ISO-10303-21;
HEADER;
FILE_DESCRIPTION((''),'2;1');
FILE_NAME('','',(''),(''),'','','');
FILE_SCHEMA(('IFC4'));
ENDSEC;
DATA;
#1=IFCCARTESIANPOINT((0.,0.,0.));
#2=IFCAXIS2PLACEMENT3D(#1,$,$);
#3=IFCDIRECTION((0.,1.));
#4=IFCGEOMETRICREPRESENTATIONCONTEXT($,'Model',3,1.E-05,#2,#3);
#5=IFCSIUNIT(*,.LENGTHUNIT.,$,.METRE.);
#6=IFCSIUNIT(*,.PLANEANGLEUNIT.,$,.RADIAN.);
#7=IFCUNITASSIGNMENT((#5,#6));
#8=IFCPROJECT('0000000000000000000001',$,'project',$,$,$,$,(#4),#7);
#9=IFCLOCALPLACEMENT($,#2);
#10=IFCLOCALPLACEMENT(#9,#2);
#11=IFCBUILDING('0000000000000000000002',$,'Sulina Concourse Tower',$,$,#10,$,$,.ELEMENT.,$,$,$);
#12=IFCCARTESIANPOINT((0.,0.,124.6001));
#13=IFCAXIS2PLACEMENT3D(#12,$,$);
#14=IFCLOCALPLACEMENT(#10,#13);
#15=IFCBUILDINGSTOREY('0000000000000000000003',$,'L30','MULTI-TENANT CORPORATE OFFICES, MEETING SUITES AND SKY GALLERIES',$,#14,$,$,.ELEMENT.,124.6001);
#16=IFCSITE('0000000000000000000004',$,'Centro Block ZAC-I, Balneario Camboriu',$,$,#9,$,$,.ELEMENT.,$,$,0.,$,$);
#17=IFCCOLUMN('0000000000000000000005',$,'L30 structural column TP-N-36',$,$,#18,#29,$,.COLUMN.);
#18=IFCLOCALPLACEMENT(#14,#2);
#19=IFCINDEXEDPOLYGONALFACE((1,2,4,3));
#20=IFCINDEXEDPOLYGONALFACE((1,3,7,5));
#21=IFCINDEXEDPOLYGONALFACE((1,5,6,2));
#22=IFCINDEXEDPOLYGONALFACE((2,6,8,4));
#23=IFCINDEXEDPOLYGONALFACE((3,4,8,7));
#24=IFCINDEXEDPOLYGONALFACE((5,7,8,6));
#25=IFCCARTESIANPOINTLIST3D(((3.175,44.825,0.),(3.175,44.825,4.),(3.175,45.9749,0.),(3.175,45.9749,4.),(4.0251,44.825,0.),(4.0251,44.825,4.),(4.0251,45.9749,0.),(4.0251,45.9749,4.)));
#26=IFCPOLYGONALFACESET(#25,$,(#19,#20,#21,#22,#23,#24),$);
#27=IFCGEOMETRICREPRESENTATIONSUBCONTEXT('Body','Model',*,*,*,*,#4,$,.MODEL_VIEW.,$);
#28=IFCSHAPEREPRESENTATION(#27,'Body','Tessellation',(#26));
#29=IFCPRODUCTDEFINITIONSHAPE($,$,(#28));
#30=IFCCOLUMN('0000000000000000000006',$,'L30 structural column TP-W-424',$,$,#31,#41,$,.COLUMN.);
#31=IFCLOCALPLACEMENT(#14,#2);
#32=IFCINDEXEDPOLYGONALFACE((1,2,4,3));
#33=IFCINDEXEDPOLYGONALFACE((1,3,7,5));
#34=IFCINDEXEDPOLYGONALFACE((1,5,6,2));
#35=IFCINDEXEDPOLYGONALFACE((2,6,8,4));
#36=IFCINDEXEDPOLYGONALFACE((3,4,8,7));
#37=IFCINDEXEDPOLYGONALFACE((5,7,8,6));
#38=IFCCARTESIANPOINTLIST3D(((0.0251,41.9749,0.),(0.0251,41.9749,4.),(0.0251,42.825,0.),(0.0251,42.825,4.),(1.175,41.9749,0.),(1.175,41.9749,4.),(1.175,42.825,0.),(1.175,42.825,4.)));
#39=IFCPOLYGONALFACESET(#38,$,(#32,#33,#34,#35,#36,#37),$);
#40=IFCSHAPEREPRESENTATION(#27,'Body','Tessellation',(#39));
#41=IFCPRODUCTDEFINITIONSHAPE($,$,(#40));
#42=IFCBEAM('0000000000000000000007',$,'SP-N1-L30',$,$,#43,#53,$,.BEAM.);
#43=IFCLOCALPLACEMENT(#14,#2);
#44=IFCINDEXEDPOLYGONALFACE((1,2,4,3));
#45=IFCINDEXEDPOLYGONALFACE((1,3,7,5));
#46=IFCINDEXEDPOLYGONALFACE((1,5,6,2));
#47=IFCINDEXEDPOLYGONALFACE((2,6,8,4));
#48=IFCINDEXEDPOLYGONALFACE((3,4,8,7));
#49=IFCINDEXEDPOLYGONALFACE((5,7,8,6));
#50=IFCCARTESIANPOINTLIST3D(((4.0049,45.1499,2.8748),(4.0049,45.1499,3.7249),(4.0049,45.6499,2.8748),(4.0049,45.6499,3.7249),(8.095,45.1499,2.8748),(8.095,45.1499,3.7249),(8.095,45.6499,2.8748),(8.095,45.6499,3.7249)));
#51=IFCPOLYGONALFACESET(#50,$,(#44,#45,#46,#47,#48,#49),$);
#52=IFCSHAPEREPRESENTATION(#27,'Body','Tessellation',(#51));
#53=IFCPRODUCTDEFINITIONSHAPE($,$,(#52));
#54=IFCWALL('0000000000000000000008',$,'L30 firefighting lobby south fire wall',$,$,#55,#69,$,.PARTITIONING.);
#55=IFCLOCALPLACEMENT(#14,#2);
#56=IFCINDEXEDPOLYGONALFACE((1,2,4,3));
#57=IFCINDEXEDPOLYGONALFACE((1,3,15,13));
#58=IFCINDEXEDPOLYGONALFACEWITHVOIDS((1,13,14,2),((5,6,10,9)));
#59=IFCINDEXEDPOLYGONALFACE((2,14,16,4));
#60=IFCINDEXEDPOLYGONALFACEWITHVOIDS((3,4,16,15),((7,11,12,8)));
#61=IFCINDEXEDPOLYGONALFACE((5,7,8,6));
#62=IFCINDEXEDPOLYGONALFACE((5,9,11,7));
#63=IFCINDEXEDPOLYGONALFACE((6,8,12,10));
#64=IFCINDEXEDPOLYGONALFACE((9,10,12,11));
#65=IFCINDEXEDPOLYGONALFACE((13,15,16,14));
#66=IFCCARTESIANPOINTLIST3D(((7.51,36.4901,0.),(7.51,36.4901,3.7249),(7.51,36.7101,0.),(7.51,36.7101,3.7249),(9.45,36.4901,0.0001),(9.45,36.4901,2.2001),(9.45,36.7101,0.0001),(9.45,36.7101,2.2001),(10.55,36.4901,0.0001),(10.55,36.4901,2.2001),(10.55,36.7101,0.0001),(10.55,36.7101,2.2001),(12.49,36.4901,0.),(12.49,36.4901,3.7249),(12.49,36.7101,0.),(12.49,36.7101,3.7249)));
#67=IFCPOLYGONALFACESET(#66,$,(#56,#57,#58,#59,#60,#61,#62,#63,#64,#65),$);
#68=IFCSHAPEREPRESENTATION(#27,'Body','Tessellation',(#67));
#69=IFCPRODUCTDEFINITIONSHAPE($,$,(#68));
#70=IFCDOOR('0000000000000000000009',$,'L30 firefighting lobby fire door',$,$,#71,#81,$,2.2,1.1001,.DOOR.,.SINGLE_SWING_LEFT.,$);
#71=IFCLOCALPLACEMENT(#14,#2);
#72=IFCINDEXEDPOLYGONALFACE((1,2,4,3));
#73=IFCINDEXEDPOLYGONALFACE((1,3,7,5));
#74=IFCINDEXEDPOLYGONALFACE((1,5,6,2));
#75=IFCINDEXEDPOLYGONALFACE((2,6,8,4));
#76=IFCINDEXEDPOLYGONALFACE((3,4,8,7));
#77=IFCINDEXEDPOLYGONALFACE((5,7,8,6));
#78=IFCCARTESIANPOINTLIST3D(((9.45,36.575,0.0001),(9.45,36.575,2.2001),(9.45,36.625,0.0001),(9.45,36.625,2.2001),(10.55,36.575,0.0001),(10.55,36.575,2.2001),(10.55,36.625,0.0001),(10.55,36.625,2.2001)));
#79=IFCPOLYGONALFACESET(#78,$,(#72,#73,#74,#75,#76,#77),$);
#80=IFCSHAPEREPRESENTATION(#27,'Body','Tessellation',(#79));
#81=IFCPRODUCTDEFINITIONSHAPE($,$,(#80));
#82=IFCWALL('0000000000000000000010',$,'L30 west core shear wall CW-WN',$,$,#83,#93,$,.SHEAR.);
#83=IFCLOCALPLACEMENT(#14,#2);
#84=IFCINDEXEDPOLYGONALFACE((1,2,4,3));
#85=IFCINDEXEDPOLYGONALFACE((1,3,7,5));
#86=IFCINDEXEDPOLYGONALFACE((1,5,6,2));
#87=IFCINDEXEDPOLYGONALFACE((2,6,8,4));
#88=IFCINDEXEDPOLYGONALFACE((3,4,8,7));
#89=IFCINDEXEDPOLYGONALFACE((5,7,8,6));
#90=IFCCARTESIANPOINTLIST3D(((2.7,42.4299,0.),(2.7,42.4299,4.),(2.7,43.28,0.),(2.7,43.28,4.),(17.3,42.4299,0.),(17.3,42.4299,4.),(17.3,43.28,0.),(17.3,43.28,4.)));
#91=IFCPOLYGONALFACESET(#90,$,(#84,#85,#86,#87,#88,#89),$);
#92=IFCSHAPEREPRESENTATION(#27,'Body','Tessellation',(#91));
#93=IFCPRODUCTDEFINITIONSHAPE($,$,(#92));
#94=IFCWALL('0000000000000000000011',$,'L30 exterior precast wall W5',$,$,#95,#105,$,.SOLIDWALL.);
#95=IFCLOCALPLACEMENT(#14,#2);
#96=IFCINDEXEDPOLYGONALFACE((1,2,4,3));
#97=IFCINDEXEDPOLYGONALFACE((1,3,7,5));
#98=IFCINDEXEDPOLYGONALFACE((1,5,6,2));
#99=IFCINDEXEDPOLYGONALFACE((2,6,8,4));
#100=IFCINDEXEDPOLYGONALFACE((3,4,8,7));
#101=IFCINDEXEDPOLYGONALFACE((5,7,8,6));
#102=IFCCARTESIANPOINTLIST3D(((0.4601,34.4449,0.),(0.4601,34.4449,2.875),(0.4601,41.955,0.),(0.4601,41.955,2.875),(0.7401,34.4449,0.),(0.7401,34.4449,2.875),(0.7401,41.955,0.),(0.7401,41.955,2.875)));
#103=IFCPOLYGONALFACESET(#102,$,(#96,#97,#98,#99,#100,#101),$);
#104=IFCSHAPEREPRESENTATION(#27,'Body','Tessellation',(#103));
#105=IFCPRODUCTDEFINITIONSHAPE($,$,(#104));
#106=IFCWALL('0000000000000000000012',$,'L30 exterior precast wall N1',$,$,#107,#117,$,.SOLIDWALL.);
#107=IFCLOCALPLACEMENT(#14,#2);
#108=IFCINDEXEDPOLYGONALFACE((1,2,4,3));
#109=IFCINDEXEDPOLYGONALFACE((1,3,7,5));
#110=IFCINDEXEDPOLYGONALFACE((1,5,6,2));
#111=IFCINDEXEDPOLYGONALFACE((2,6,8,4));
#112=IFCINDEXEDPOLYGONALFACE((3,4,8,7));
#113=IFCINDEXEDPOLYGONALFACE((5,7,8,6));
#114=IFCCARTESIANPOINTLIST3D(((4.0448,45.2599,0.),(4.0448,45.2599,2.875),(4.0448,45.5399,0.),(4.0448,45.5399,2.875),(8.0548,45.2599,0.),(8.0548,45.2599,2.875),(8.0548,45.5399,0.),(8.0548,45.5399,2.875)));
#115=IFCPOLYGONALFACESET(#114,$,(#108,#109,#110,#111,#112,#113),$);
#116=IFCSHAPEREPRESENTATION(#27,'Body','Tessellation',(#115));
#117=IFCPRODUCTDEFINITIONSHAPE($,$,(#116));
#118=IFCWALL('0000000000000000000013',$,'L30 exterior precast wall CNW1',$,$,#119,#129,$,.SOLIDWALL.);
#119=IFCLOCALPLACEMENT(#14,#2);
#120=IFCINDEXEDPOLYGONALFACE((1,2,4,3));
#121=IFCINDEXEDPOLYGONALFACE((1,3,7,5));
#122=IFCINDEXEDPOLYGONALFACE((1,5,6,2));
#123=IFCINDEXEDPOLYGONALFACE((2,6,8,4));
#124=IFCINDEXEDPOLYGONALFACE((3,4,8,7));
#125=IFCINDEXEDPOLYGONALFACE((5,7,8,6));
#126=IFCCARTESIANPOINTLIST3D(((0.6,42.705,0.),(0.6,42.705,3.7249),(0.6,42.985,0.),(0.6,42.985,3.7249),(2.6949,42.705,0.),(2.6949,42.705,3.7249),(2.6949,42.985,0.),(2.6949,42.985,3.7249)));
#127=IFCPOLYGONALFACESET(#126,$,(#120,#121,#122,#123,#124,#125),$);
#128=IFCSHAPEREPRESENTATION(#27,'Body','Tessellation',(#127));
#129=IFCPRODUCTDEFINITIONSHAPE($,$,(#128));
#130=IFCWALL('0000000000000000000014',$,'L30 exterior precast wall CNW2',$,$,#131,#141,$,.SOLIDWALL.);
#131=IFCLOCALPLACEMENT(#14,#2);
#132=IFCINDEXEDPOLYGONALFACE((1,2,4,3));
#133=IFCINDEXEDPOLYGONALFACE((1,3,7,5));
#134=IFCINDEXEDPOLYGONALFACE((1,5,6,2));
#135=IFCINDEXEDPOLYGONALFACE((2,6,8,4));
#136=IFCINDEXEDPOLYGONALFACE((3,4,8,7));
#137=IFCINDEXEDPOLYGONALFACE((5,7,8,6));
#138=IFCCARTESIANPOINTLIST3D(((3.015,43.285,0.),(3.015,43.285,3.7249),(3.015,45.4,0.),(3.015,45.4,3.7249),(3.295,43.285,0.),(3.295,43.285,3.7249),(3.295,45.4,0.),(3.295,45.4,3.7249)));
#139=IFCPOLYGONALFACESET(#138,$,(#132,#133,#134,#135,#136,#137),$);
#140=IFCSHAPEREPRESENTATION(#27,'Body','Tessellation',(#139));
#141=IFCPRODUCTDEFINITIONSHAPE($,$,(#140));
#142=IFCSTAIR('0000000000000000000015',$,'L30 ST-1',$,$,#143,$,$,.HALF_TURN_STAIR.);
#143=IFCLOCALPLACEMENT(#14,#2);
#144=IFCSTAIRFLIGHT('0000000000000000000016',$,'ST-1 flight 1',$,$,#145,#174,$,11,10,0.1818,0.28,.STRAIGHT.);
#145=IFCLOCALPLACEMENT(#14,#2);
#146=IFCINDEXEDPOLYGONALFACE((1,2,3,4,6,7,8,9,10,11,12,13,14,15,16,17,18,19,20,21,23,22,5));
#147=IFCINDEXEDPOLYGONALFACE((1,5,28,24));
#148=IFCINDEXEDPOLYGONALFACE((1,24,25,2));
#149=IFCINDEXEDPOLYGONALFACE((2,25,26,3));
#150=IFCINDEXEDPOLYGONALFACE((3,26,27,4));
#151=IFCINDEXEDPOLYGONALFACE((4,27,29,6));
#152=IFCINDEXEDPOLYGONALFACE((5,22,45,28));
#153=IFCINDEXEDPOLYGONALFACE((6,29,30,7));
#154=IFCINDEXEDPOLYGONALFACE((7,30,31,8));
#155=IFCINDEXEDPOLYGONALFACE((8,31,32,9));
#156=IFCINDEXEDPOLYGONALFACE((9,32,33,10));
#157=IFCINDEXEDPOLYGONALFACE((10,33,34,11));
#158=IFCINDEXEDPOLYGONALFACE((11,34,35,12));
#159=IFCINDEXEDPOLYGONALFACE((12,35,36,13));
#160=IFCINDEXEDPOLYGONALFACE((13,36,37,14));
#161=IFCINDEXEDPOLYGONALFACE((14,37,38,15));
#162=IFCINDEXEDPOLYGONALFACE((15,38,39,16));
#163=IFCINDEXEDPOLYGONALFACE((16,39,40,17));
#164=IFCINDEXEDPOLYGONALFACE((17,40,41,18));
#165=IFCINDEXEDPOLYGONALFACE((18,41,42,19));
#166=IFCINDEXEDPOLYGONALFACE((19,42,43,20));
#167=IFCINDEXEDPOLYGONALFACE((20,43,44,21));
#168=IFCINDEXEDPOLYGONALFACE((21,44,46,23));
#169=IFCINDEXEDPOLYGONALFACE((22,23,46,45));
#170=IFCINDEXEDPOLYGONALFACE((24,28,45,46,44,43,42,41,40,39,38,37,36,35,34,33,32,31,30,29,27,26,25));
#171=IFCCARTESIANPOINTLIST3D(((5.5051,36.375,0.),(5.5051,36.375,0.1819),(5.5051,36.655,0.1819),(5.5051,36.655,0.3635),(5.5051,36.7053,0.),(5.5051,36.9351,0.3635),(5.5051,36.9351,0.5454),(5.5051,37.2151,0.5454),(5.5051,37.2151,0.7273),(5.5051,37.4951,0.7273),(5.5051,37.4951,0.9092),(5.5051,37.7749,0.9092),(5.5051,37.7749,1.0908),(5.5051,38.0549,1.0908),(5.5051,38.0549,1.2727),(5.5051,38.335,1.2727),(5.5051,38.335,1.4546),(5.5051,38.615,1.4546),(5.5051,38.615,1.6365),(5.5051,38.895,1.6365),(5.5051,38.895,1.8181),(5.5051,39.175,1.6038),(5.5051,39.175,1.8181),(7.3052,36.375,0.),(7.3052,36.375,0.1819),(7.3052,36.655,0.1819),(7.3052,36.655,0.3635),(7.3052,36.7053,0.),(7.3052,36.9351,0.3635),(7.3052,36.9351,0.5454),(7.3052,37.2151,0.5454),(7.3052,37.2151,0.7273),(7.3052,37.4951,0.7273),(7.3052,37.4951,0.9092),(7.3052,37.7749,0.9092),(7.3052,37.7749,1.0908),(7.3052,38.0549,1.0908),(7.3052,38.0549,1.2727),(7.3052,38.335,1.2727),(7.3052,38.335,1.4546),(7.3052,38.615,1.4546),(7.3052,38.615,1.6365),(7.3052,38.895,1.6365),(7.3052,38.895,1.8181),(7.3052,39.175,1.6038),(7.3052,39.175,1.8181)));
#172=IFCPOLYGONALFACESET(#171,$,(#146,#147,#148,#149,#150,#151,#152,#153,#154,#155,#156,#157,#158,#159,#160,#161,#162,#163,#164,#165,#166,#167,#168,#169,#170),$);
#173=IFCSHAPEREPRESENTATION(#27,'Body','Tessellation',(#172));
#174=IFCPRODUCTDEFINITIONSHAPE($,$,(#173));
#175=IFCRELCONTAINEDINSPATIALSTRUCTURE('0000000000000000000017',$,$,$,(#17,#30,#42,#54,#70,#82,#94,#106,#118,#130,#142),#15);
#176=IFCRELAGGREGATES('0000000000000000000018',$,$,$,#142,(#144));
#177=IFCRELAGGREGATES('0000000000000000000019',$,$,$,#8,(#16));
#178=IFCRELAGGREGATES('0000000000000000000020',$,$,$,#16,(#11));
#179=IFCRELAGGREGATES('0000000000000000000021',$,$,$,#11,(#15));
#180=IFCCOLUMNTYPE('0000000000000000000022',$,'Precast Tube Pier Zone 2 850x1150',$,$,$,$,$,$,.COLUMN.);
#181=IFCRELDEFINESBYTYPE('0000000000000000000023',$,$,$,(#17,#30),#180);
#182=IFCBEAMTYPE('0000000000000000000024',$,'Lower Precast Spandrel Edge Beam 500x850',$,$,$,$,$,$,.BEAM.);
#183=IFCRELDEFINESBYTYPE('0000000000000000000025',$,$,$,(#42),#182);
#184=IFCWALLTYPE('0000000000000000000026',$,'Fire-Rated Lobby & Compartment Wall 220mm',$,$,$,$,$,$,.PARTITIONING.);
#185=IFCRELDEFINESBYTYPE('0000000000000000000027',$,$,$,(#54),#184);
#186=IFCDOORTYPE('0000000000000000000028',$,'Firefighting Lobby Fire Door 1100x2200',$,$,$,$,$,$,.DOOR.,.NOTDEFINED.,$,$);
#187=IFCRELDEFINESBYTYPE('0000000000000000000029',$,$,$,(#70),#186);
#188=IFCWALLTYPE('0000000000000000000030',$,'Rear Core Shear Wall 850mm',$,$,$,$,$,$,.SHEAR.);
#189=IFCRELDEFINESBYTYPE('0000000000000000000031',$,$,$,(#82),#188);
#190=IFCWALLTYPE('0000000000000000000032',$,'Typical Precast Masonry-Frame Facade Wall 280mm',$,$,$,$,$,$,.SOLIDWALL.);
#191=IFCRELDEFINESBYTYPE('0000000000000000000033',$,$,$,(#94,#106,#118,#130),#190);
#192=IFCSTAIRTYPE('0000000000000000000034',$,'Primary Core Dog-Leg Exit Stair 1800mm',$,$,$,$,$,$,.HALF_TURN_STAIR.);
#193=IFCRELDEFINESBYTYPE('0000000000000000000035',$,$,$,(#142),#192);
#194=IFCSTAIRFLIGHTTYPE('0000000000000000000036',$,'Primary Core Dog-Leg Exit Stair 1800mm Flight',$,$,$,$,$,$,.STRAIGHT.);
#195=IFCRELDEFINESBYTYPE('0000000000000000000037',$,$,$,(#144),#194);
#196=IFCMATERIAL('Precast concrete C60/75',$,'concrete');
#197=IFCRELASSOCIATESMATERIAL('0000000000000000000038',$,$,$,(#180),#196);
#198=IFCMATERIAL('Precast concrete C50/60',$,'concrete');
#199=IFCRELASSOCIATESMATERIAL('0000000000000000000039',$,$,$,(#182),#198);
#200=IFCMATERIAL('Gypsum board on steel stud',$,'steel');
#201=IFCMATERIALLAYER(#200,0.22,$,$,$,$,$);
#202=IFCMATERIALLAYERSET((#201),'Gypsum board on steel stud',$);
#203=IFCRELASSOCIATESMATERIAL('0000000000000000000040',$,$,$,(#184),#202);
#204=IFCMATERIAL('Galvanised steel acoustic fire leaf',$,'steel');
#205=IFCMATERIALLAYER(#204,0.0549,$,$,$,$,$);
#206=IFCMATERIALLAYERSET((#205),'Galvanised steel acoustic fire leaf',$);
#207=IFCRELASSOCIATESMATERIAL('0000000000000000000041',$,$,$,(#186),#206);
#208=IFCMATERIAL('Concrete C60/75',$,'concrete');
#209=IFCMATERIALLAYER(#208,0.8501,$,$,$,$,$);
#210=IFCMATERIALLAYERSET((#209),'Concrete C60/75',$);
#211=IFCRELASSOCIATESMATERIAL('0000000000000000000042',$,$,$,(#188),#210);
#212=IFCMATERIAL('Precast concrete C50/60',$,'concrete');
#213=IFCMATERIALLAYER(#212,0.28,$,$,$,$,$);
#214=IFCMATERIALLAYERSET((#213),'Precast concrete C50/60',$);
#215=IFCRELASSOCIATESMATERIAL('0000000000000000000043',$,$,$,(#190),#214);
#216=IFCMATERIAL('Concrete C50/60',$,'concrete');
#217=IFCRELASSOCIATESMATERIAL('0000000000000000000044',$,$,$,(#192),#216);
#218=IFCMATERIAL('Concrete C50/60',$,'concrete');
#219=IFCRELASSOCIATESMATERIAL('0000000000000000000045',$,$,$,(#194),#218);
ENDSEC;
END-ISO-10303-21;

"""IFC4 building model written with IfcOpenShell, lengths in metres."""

from ifc_helpers import new_model, si_unit, direction, frame, frame_2d, origin, origin_2d, place, context, subcontext, project, spatial, polyline, rectangle, outline, extrude, material, layer, layer_set, material_profile, profile_set, type_object, element, fill, aggregate, save


model = new_model("IFC4")

# Units and contexts
model_context = context("Model", 3, precision=1e-05, world=origin(), true_north=direction((0.0, 1.0)))
body_context = subcontext(model_context, "Body", "Model", "MODEL_VIEW")
ifc_project = project(units=[si_unit("LENGTHUNIT", "METRE"), si_unit("PLANEANGLEUNIT", "RADIAN")], contexts=[model_context])

# Site, building, storey
site_placement = place(None, origin())
site = spatial("IfcSite", under=ifc_project, at=site_placement, Name="Centro Block ZAC-I, Balneario Camboriu", CompositionType="ELEMENT", RefElevation=0.0)
building_placement = place(site_placement, origin())
building = spatial("IfcBuilding", under=site, at=building_placement, Name="Sulina Concourse Tower", CompositionType="ELEMENT")
storey_placement = place(building_placement, frame((0.0, 0.0, 124.6001)))
storey = spatial("IfcBuildingStorey", under=building, at=storey_placement, Name="L30", Description="MULTI-TENANT CORPORATE OFFICES, MEETING SUITES AND SKY GALLERIES", CompositionType="ELEMENT", Elevation=124.6001)

# Columns
ifc_material_1 = material(Name="Precast concrete C60/75", Category="concrete")
ifc_material_profile_1 = material_profile(ifc_material_1, rectangle(XDim=0.8501, YDim=1.1499, at=origin_2d()), Name="PC 850x1150")
ifc_profile_set_1 = profile_set([ifc_material_profile_1], Name="Precast concrete C60/75")
column_type = type_object("IfcColumnType", Name="Precast Tube Pier Zone 2 850x1150", PredefinedType="COLUMN", material=ifc_profile_set_1)
for number, where, z_axis, x_axis, name in (
    (1, (3.6001, 45.3999, 0.0), (0.0, 0.0, 1.0), (1.0, 0.0, 0.0), "L30 structural column TP-N-36"),
    (2, (0.6001, 42.3999, 0.0), (0.0, 0.0, 1.0), (0.0, 1.0, 0.0), "L30 structural column TP-W-424"),
):
    element("IfcColumn", number, at=place(storey_placement, frame(where, z_axis=z_axis, x_axis=x_axis)), inside=storey, type_object=column_type, Name=name, PredefinedType="COLUMN", context=body_context, shape_type="SweptSolid", body=[
        extrude(rectangle(XDim=0.8501, YDim=1.1499, at=origin_2d()), origin(), (0.0, 0.0, 1.0), 4.0),
    ])

# Beam
ifc_material_2 = material(Name="Precast concrete C50/60", Category="concrete")
ifc_material_profile_2 = material_profile(ifc_material_2, rectangle(XDim=0.5, YDim=0.8501, at=origin_2d()), Name="RC 500x850")
ifc_profile_set_2 = profile_set([ifc_material_profile_2], Name="Precast concrete C50/60")
beam_type = type_object("IfcBeamType", Name="Lower Precast Spandrel Edge Beam 500x850", PredefinedType="BEAM", material=ifc_profile_set_2)
beam_placement = place(storey_placement, frame((4.0049, 45.3999, 3.2998), z_axis=(1.0, 0.0, 0.0), x_axis=(0.0, 1.0, 0.0)))
element("IfcBeam", 3, at=beam_placement, inside=storey, type_object=beam_type, Name="SP-N1-L30", PredefinedType="BEAM", context=body_context, shape_type="SweptSolid", body=[
    extrude(rectangle(XDim=0.5, YDim=0.8501, at=origin_2d()), origin(), (0.0, 0.0, 1.0), 4.0901),
])

# Wall, opening, door
ifc_material_3 = material(Name="Gypsum board on steel stud", Category="steel")
ifc_layer_1 = layer(ifc_material_3, 0.22)
ifc_layer_set_1 = layer_set([ifc_layer_1], Name="Gypsum board on steel stud")
wall_type_1 = type_object("IfcWallType", Name="Fire-Rated Lobby & Compartment Wall 220mm", PredefinedType="PARTITIONING", material=ifc_layer_set_1)
wall_1_placement = place(storey_placement, frame((7.51, 36.6001, 0.0), z_axis=(0.0, 0.0, 1.0), x_axis=(1.0, 0.0, 0.0)))
wall_1 = element("IfcWall", 4, at=wall_1_placement, inside=storey, type_object=wall_type_1, Name="L30 firefighting lobby south fire wall", PredefinedType="PARTITIONING", context=body_context, shape_type="SweptSolid", body=[
    extrude(rectangle(XDim=4.98, YDim=0.22, at=frame_2d((2.49, 0.0))), origin(), (0.0, 0.0, 1.0), 3.7249),
])
opening_placement = place(wall_1_placement, frame((1.9399, 0.0, 0.0)))
opening = element("IfcOpeningElement", 5, at=opening_placement, cuts=wall_1, PredefinedType="OPENING", context=body_context, shape_type="SweptSolid", body=[
    extrude(rectangle(XDim=1.1001, YDim=2.2, at=frame_2d((0.55, 1.1001))), frame((0.0, 0.1199, 0.0), z_axis=(0.0, -1.0, 0.0), x_axis=(1.0, 0.0, 0.0)), (0.0, 0.0, 1.0), 0.24),
])
ifc_material_4 = material(Name="Galvanised steel acoustic fire leaf", Category="steel")
ifc_layer_2 = layer(ifc_material_4, 0.0549)
ifc_layer_set_2 = layer_set([ifc_layer_2], Name="Galvanised steel acoustic fire leaf")
door_type = type_object("IfcDoorType", Name="Firefighting Lobby Fire Door 1100x2200", OperationType="NOTDEFINED", PredefinedType="DOOR", material=ifc_layer_set_2)
door_placement = place(opening_placement, origin())
door = element("IfcDoor", 6, at=door_placement, inside=storey, type_object=door_type, Name="L30 firefighting lobby fire door", OperationType="SINGLE_SWING_LEFT", OverallHeight=2.2, OverallWidth=1.1001, PredefinedType="DOOR", context=body_context, shape_type="SweptSolid", body=[
    extrude(rectangle(XDim=1.1001, YDim=2.2, at=frame_2d((0.55, 1.1001))), frame((0.0, 0.0249, 0.0), z_axis=(0.0, -1.0, 0.0), x_axis=(1.0, 0.0, 0.0)), (0.0, 0.0, 1.0), 0.05),
])
fill(opening, door)

# Walls
ifc_material_5 = material(Name="Concrete C60/75", Category="concrete")
ifc_layer_3 = layer(ifc_material_5, 0.8501)
ifc_layer_set_3 = layer_set([ifc_layer_3], Name="Concrete C60/75")
wall_type_2 = type_object("IfcWallType", Name="Rear Core Shear Wall 850mm", PredefinedType="SHEAR", material=ifc_layer_set_3)
wall_2_placement = place(storey_placement, frame((2.7, 42.855, 0.0), z_axis=(0.0, 0.0, 1.0), x_axis=(1.0, 0.0, 0.0)))
element("IfcWall", 7, at=wall_2_placement, inside=storey, type_object=wall_type_2, Name="L30 west core shear wall CW-WN", PredefinedType="SHEAR", context=body_context, shape_type="SweptSolid", body=[
    extrude(rectangle(XDim=14.6001, YDim=0.8501, at=frame_2d((7.3, 0.0))), origin(), (0.0, 0.0, 1.0), 4.0),
])
ifc_material_6 = material(Name="Precast concrete C50/60", Category="concrete")
ifc_layer_4 = layer(ifc_material_6, 0.28)
ifc_layer_set_4 = layer_set([ifc_layer_4], Name="Precast concrete C50/60")
wall_type_3 = type_object("IfcWallType", Name="Typical Precast Masonry-Frame Facade Wall 280mm", PredefinedType="SOLIDWALL", material=ifc_layer_set_4)
wall_3_placement = place(storey_placement, frame((0.6001, 34.4451, 0.0), z_axis=(0.0, 0.0, 1.0), x_axis=(0.0, 1.0, 0.0)))
element("IfcWall", 8, at=wall_3_placement, inside=storey, type_object=wall_type_3, Name="L30 exterior precast wall W5", PredefinedType="SOLIDWALL", context=body_context, shape_type="SweptSolid", body=[
    extrude(rectangle(XDim=7.51, YDim=0.28, at=frame_2d((3.7549, 0.0))), origin(), (0.0, 0.0, 1.0), 2.875),
])
wall_4_placement = place(storey_placement, frame((4.0449, 45.3999, 0.0), z_axis=(0.0, 0.0, 1.0), x_axis=(1.0, 0.0, 0.0)))
element("IfcWall", 9, at=wall_4_placement, inside=storey, type_object=wall_type_3, Name="L30 exterior precast wall N1", PredefinedType="SOLIDWALL", context=body_context, shape_type="SweptSolid", body=[
    extrude(rectangle(XDim=4.01, YDim=0.28, at=frame_2d((2.0049, 0.0))), origin(), (0.0, 0.0, 1.0), 2.875),
])
wall_5_placement = place(storey_placement, frame((0.6001, 42.845, 0.0), z_axis=(0.0, 0.0, 1.0), x_axis=(1.0, 0.0, 0.0)))
element("IfcWall", 10, at=wall_5_placement, inside=storey, type_object=wall_type_3, Name="L30 exterior precast wall CNW1", PredefinedType="SOLIDWALL", context=body_context, shape_type="SweptSolid", body=[
    extrude(rectangle(XDim=2.095, YDim=0.28, at=frame_2d((1.0474, 0.0))), origin(), (0.0, 0.0, 1.0), 3.7249),
])
wall_6_placement = place(storey_placement, frame((3.155, 43.2849, 0.0), z_axis=(0.0, 0.0, 1.0), x_axis=(0.0, 1.0, 0.0)))
element("IfcWall", 11, at=wall_6_placement, inside=storey, type_object=wall_type_3, Name="L30 exterior precast wall CNW2", PredefinedType="SOLIDWALL", context=body_context, shape_type="SweptSolid", body=[
    extrude(rectangle(XDim=2.115, YDim=0.28, at=frame_2d((1.0576, 0.0))), origin(), (0.0, 0.0, 1.0), 3.7249),
])

# Stair, stair flight
ifc_material_7 = material(Name="Concrete C50/60", Category="concrete")
stair_type = type_object("IfcStairType", Name="Primary Core Dog-Leg Exit Stair 1800mm", PredefinedType="HALF_TURN_STAIR", material=ifc_material_7)
stair_placement = place(storey_placement, origin())
stair = element("IfcStair", 12, at=stair_placement, inside=storey, type_object=stair_type, Name="L30 ST-1", PredefinedType="HALF_TURN_STAIR")
ifc_material_8 = material(Name="Concrete C50/60", Category="concrete")
stair_flight_type = type_object("IfcStairFlightType", Name="Primary Core Dog-Leg Exit Stair 1800mm Flight", PredefinedType="STRAIGHT", material=ifc_material_8)
stair_flight_1_placement = place(storey_placement, frame((6.405, 36.375, 0.0), z_axis=(0.0, 0.0, 1.0), x_axis=(0.0, 1.0, 0.0)))
stair_flight_1 = element("IfcStairFlight", 13, at=stair_flight_1_placement, type_object=stair_flight_type, Name="ST-1 flight 1", NumberOfRisers=11, NumberOfTreads=10, PredefinedType="STRAIGHT", RiserHeight=0.1818, TreadLength=0.28, context=body_context, shape_type="SweptSolid", body=[
    extrude(outline(polyline([(0.0, 0.0), (0.0, 0.1819), (0.28, 0.1819), (0.28, 0.3635), (0.5601, 0.3635), (0.5601, 0.5454), (0.8401, 0.5454), (0.8401, 0.7273), (1.1201, 0.7273), (1.1201, 0.9092), (1.3999, 0.9092), (1.3999, 1.0908), (1.6799, 1.0908), (1.6799, 1.2727), (1.96, 1.2727), (1.96, 1.4546), (2.24, 1.4546), (2.24, 1.6365), (2.52, 1.6365), (2.52, 1.8181), (2.8, 1.8181), (2.8, 2.0), (2.8, 1.6038), (0.3303, 0.0), (0.0, 0.0)])), frame((0.0, 0.8999, 0.0), z_axis=(0.0, -1.0, 0.0), x_axis=(1.0, 0.0, 0.0)), (0.0, 0.0, 1.0), 1.8),
])
aggregate(stair, [stair_flight_1])

save(model, "model.ifc")
